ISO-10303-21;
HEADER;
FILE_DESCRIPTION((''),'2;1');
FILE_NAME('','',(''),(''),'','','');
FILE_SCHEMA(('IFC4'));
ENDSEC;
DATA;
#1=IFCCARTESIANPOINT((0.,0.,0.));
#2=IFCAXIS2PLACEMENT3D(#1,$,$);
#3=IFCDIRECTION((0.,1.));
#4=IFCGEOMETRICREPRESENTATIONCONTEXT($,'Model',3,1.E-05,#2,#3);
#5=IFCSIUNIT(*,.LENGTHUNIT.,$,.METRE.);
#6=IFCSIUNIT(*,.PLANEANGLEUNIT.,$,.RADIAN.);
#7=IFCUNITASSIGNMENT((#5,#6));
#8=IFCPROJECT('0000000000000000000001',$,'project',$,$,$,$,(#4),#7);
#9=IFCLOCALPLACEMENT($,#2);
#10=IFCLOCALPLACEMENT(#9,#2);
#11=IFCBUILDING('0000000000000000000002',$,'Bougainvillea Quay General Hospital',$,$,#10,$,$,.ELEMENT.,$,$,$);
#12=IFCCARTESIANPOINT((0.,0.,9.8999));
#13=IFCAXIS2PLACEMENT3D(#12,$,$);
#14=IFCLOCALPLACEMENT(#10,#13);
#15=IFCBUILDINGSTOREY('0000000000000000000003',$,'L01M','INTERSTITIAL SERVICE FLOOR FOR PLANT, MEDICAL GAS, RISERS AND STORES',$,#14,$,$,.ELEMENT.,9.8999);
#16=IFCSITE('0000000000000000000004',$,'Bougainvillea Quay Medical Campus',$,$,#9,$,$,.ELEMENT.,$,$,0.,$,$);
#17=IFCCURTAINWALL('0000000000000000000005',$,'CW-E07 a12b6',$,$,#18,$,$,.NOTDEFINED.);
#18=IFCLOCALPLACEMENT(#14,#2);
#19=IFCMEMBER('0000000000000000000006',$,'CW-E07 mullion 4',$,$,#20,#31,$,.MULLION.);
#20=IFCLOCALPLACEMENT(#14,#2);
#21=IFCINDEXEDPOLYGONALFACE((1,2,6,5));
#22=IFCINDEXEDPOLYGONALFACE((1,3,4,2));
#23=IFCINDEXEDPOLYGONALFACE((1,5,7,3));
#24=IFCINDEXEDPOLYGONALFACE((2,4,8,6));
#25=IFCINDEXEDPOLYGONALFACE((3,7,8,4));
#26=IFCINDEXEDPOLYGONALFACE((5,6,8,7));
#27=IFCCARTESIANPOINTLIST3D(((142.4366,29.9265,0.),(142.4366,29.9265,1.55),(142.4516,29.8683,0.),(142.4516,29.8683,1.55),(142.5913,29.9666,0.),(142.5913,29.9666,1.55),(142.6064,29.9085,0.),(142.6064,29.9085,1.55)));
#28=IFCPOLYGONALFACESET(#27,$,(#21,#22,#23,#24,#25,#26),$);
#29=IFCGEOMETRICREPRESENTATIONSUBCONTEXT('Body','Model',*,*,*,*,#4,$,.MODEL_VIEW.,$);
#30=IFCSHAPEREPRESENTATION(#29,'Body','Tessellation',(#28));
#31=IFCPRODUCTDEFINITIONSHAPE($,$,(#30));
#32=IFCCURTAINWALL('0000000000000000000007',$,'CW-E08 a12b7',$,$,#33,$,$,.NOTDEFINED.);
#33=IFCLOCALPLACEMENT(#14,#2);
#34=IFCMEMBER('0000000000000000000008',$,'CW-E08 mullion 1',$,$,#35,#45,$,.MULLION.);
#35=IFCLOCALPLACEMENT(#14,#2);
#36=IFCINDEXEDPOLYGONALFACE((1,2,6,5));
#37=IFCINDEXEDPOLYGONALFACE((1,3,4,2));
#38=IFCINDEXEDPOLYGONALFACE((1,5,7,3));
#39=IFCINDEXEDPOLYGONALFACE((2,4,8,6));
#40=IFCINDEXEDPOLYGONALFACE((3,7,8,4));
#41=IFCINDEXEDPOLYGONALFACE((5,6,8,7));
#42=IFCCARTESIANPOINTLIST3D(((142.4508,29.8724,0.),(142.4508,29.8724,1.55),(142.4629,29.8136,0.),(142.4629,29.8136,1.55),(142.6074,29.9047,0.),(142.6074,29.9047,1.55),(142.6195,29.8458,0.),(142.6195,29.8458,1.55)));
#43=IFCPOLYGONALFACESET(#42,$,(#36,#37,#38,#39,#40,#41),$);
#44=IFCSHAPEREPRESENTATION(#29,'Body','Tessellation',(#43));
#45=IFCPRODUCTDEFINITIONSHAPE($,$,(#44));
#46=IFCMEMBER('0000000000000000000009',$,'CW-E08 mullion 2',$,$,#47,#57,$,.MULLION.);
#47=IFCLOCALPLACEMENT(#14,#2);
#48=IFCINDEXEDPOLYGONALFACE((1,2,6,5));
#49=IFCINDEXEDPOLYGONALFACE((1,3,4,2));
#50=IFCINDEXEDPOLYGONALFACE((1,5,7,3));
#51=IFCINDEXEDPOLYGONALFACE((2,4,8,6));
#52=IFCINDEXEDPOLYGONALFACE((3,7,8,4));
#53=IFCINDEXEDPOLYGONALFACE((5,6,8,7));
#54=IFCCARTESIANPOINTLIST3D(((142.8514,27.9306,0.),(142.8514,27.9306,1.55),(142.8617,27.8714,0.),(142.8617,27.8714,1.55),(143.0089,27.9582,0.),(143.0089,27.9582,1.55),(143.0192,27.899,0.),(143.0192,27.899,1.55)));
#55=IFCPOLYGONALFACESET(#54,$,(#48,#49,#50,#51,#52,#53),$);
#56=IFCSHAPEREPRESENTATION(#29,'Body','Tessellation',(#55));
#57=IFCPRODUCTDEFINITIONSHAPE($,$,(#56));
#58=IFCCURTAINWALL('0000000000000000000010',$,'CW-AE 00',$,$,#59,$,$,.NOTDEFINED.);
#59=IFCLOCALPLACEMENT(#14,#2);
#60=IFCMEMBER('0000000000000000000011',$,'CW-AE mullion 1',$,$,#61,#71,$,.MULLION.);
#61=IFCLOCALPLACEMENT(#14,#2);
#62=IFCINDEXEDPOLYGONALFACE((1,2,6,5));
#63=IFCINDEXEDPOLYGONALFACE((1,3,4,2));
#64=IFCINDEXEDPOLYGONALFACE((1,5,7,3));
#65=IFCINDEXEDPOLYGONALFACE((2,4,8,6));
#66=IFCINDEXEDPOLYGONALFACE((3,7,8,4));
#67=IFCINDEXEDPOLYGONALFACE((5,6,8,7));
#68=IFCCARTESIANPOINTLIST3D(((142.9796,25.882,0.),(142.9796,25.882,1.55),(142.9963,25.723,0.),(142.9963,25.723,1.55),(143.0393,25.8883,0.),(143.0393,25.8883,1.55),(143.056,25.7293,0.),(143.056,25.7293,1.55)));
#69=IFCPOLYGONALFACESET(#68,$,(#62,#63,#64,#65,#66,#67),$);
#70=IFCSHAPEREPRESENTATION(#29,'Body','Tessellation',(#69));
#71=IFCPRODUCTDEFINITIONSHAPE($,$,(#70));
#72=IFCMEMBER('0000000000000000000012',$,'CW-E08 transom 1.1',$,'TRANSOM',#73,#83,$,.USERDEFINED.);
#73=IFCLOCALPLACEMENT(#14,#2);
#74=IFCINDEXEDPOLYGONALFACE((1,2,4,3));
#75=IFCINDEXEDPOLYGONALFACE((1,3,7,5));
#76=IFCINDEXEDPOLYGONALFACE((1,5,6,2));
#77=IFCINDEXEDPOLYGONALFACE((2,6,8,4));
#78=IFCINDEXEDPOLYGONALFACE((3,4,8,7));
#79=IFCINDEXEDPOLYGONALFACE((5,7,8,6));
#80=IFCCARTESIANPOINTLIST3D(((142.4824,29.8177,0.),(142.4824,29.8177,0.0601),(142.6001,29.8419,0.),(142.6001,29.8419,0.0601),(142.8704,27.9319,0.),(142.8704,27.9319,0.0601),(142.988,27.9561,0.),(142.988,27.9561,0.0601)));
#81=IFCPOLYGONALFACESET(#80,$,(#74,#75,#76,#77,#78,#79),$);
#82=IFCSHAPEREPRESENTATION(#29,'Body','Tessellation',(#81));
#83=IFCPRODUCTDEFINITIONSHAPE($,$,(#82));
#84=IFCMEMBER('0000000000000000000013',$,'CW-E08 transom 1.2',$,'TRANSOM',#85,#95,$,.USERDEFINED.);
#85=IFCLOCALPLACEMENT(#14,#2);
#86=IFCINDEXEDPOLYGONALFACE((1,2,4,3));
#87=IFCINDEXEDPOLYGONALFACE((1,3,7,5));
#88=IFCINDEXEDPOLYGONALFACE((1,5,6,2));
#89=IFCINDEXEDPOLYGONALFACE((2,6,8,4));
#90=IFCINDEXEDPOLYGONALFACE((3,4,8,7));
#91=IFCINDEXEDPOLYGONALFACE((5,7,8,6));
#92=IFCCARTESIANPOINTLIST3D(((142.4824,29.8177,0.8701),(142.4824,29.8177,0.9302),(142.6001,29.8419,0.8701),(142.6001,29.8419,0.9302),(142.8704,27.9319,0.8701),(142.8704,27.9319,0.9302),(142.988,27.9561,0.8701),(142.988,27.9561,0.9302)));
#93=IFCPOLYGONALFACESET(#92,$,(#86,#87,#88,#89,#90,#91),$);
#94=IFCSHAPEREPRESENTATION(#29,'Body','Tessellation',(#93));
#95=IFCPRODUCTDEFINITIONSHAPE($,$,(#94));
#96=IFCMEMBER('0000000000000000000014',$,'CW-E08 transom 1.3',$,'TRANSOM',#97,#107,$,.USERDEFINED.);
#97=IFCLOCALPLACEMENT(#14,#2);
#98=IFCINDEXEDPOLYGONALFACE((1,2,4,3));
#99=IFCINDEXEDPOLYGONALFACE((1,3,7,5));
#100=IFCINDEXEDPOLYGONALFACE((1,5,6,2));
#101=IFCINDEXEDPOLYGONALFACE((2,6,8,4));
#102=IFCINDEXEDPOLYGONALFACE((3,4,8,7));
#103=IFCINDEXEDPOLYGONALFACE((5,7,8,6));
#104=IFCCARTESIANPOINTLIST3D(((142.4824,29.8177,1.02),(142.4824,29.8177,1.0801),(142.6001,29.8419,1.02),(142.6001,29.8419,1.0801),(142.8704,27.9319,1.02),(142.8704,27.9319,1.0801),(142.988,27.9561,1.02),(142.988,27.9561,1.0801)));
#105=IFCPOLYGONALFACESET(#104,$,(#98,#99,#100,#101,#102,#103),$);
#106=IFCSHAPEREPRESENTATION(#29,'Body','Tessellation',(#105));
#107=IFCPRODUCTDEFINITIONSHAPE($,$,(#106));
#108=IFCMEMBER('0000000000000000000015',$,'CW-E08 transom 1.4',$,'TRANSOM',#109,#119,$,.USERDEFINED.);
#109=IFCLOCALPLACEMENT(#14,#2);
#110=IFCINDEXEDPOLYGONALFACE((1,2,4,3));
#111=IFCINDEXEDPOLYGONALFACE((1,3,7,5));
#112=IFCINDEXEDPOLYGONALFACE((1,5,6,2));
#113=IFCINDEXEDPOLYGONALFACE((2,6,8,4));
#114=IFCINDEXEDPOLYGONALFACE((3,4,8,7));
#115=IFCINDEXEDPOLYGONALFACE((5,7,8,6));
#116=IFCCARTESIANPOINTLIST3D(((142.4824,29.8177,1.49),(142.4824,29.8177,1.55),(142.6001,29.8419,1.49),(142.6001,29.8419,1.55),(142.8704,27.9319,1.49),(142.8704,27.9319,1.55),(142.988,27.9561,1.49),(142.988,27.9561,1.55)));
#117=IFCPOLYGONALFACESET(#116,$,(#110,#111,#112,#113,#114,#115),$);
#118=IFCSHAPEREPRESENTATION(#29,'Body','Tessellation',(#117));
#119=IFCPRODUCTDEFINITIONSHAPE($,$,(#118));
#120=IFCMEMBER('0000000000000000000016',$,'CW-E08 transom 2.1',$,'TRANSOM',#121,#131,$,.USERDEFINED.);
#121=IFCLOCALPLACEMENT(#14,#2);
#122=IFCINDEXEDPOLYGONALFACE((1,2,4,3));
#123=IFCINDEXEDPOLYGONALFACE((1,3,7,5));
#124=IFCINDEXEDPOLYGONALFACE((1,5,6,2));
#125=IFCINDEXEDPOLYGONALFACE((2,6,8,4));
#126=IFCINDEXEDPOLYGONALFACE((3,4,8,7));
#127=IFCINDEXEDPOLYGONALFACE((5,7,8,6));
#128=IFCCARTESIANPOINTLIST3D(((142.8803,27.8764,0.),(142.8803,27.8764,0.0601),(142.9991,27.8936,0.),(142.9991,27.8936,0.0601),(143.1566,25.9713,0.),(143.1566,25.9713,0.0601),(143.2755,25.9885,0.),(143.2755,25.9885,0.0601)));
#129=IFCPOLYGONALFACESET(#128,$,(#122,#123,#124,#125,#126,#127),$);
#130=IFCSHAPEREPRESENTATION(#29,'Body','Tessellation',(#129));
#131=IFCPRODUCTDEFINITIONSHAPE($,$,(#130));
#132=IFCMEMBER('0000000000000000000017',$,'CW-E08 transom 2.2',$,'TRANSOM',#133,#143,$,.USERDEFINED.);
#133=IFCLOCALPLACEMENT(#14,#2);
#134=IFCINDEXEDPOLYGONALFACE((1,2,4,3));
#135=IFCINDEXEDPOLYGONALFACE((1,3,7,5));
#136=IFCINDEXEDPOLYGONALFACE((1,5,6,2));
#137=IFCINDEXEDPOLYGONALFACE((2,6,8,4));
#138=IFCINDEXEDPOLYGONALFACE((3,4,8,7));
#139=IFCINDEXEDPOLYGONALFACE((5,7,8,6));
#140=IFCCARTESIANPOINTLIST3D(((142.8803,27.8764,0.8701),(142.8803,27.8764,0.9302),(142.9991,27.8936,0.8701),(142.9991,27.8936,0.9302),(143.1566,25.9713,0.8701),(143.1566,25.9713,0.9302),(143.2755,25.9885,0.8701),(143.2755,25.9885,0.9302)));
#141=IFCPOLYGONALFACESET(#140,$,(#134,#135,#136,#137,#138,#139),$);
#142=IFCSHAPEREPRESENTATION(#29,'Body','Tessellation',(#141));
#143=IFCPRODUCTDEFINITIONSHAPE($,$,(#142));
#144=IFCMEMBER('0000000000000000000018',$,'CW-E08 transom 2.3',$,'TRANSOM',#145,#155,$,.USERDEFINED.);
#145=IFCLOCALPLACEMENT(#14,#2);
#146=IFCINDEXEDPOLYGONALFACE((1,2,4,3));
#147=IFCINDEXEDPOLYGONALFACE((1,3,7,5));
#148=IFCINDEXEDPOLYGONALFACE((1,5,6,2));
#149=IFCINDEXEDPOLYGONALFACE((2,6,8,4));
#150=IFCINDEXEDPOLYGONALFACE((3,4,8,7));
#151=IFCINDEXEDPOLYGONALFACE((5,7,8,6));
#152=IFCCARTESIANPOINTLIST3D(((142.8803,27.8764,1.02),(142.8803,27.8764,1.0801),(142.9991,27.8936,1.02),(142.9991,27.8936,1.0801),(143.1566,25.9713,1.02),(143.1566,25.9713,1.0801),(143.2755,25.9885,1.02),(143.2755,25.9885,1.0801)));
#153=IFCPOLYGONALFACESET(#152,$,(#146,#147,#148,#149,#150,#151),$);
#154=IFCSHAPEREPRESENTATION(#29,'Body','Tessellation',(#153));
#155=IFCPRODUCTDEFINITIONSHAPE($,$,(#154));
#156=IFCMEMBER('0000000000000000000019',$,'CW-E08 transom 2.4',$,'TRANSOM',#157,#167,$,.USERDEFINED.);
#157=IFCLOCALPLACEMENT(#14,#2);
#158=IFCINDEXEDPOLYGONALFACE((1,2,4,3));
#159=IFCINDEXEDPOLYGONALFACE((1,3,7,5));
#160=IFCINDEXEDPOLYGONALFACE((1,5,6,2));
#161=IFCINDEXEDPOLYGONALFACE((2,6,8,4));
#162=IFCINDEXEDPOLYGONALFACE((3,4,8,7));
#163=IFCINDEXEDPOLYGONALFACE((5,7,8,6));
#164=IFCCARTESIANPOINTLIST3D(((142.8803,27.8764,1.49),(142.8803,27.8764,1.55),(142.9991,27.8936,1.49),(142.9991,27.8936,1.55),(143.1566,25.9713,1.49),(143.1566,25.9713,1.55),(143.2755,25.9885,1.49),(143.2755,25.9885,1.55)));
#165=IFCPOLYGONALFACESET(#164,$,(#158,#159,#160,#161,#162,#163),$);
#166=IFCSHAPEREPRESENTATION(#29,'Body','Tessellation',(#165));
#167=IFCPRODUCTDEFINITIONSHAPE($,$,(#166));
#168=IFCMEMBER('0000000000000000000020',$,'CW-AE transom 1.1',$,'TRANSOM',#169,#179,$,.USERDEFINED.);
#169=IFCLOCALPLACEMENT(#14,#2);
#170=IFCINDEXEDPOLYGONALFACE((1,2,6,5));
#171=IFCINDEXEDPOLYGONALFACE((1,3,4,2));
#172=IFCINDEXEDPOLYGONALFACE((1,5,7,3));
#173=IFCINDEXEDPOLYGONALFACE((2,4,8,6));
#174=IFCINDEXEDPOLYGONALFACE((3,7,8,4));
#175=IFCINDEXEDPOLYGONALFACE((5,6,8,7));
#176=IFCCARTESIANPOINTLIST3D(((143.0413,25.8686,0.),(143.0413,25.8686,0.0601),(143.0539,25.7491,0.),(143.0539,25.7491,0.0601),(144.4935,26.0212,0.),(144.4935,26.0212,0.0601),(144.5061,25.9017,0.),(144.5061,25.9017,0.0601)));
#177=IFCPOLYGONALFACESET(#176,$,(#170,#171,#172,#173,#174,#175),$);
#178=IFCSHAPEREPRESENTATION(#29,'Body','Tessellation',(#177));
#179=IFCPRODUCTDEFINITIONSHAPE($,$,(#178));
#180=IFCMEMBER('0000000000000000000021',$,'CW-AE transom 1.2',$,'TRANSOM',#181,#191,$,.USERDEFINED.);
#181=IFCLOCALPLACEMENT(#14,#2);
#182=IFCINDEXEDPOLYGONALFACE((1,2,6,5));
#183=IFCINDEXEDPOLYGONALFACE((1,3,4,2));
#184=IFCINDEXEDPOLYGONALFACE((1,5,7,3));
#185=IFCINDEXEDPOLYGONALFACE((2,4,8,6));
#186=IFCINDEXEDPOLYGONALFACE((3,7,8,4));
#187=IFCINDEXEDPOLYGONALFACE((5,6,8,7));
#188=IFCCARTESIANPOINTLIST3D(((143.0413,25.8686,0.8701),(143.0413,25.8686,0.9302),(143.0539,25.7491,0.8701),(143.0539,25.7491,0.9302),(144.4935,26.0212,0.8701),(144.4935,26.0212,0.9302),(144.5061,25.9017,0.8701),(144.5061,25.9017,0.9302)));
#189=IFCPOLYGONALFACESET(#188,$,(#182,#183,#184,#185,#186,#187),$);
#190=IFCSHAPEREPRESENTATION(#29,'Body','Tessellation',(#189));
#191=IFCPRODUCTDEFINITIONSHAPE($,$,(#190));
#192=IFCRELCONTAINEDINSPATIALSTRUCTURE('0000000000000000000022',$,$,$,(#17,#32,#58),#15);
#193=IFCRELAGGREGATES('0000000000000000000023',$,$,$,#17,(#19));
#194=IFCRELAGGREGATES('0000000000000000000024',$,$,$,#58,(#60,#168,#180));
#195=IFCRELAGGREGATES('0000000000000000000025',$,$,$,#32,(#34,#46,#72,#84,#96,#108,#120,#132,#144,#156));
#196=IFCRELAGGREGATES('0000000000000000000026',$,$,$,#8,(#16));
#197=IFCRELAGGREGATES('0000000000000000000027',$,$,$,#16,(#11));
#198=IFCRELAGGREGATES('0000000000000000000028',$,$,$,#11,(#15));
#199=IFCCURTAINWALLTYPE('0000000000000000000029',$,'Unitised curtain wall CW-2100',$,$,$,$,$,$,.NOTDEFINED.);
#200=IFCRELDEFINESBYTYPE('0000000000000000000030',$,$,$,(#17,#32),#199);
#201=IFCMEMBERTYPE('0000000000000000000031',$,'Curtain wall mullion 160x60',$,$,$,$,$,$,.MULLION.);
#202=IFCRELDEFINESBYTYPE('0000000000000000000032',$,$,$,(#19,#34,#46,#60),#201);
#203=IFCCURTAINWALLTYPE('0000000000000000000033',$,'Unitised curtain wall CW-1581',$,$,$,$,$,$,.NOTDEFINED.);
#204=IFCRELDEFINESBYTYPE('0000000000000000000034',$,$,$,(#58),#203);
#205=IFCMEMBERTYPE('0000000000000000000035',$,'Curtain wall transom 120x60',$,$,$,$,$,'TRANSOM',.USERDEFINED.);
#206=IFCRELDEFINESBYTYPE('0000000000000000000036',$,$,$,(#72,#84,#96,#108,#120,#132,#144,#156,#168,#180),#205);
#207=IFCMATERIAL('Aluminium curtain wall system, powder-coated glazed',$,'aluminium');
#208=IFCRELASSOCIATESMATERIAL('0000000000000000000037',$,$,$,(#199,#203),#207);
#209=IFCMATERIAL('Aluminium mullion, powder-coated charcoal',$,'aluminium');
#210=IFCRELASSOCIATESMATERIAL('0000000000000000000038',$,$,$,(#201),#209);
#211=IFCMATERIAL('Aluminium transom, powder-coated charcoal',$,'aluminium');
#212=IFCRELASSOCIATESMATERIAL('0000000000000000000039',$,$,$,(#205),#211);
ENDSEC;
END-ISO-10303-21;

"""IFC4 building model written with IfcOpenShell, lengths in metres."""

from ifc_helpers import new_model, si_unit, direction, frame, origin, origin_2d, place, context, subcontext, project, spatial, rectangle, extrude, material, material_profile, profile_set, type_object, element, aggregate, save


model = new_model("IFC4")

# Units and contexts
model_context = context("Model", 3, precision=1e-05, world=origin(), true_north=direction((0.0, 1.0)))
body_context = subcontext(model_context, "Body", "Model", "MODEL_VIEW")
ifc_project = project(units=[si_unit("LENGTHUNIT", "METRE"), si_unit("PLANEANGLEUNIT", "RADIAN")], contexts=[model_context])

# Site, building, storey
site_placement = place(None, origin())
site = spatial("IfcSite", under=ifc_project, at=site_placement, Name="Bougainvillea Quay Medical Campus", CompositionType="ELEMENT", RefElevation=0.0)
building_placement = place(site_placement, origin())
building = spatial("IfcBuilding", under=site, at=building_placement, Name="Bougainvillea Quay General Hospital", CompositionType="ELEMENT")
storey_placement = place(building_placement, frame((0.0, 0.0, 9.8999)))
storey = spatial("IfcBuildingStorey", under=building, at=storey_placement, Name="L01M", Description="INTERSTITIAL SERVICE FLOOR FOR PLANT, MEDICAL GAS, RISERS AND STORES", CompositionType="ELEMENT", Elevation=9.8999)

# Curtain wall, member
ifc_material_1 = material(Name="Aluminium curtain wall system, powder-coated glazed", Category="aluminium")
curtain_wall_type_1 = type_object("IfcCurtainWallType", Name="Unitised curtain wall CW-2100", PredefinedType="NOTDEFINED", material=ifc_material_1)
curtain_wall_1_placement = place(storey_placement, origin())
curtain_wall_1 = element("IfcCurtainWall", 1, at=curtain_wall_1_placement, inside=storey, type_object=curtain_wall_type_1, Name="CW-E07 a12b6", PredefinedType="NOTDEFINED")
ifc_material_2 = material(Name="Aluminium mullion, powder-coated charcoal", Category="aluminium")
ifc_material_profile_1 = material_profile(ifc_material_2, rectangle(XDim=0.1599, YDim=0.0601, at=origin_2d()))
ifc_profile_set_1 = profile_set([ifc_material_profile_1], Name="Aluminium mullion, powder-coated charcoal")
member_type_1 = type_object("IfcMemberType", Name="Curtain wall mullion 160x60", PredefinedType="MULLION", material=ifc_profile_set_1)
member_1_placement = place(storey_placement, frame((142.5215, 29.9175, 0.0), z_axis=(0.0, 0.0, 1.0), x_axis=(0.967996, 0.250966, 0.0)))
member_1 = element("IfcMember", 2, at=member_1_placement, type_object=member_type_1, Name="CW-E07 mullion 4", PredefinedType="MULLION", context=body_context, shape_type="SweptSolid", body=[
    extrude(rectangle(XDim=0.1599, YDim=0.0601, at=origin_2d()), origin(), (0.0, 0.0, 1.0), 1.55),
])
aggregate(curtain_wall_1, [member_1])

# Curtain wall, members
curtain_wall_2_placement = place(storey_placement, origin())
curtain_wall_2 = element("IfcCurtainWall", 3, at=curtain_wall_2_placement, inside=storey, type_object=curtain_wall_type_1, Name="CW-E08 a12b7", PredefinedType="NOTDEFINED")
member_2_placement = place(storey_placement, frame((142.5352, 29.8591, 0.0), z_axis=(0.0, 0.0, 1.0), x_axis=(0.979469, 0.201595, 0.0)))
member_2 = element("IfcMember", 4, at=member_2_placement, type_object=member_type_1, Name="CW-E08 mullion 1", PredefinedType="MULLION", context=body_context, shape_type="SweptSolid", body=[
    extrude(rectangle(XDim=0.1599, YDim=0.0601, at=origin_2d()), origin(), (0.0, 0.0, 1.0), 1.55),
])
member_3_placement = place(storey_placement, frame((142.9353, 27.9148, 0.0), z_axis=(0.0, 0.0, 1.0), x_axis=(0.984976, 0.172694, 0.0)))
member_3 = element("IfcMember", 5, at=member_3_placement, type_object=member_type_1, Name="CW-E08 mullion 2", PredefinedType="MULLION", context=body_context, shape_type="SweptSolid", body=[
    extrude(rectangle(XDim=0.1599, YDim=0.0601, at=origin_2d()), origin(), (0.0, 0.0, 1.0), 1.55),
])

# Curtain wall, member
curtain_wall_type_2 = type_object("IfcCurtainWallType", Name="Unitised curtain wall CW-1581", PredefinedType="NOTDEFINED", material=ifc_material_1)
curtain_wall_3_placement = place(storey_placement, origin())
curtain_wall_3 = element("IfcCurtainWall", 6, at=curtain_wall_3_placement, inside=storey, type_object=curtain_wall_type_2, Name="CW-AE 00", PredefinedType="NOTDEFINED")
member_4_placement = place(storey_placement, frame((143.0178, 25.8057, 0.0), z_axis=(0.0, 0.0, 1.0), x_axis=(-0.104527, 0.994522, 0.0)))
member_4 = element("IfcMember", 7, at=member_4_placement, type_object=member_type_1, Name="CW-AE mullion 1", PredefinedType="MULLION", context=body_context, shape_type="SweptSolid", body=[
    extrude(rectangle(XDim=0.1599, YDim=0.0601, at=origin_2d()), origin(), (0.0, 0.0, 1.0), 1.55),
])

# Members
ifc_material_3 = material(Name="Aluminium transom, powder-coated charcoal", Category="aluminium")
ifc_material_profile_2 = material_profile(ifc_material_3, rectangle(XDim=0.1201, YDim=0.0601, at=origin_2d()))
ifc_profile_set_2 = profile_set([ifc_material_profile_2], Name="Aluminium transom, powder-coated charcoal")
member_type_2 = type_object("IfcMemberType", Name="Curtain wall transom 120x60", ElementType="TRANSOM", PredefinedType="USERDEFINED", material=ifc_profile_set_2)
member_5_placement = place(storey_placement, frame((142.5413, 29.8298, 0.03), z_axis=(0.201503, -0.979488, 0.0), x_axis=(0.979488, 0.201503, 0.0)))
member_5 = element("IfcMember", 8, at=member_5_placement, type_object=member_type_2, Name="CW-E08 transom 1.1", ObjectType="TRANSOM", PredefinedType="USERDEFINED", context=body_context, shape_type="SweptSolid", body=[
    extrude(rectangle(XDim=0.1201, YDim=0.0601, at=origin_2d()), origin(), (0.0, 0.0, 1.0), 1.9253),
])
member_6_placement = place(storey_placement, frame((142.5413, 29.8298, 0.9001), z_axis=(0.201503, -0.979488, 0.0), x_axis=(0.979488, 0.201503, 0.0)))
member_6 = element("IfcMember", 9, at=member_6_placement, type_object=member_type_2, Name="CW-E08 transom 1.2", ObjectType="TRANSOM", PredefinedType="USERDEFINED", context=body_context, shape_type="SweptSolid", body=[
    extrude(rectangle(XDim=0.1201, YDim=0.0601, at=origin_2d()), origin(), (0.0, 0.0, 1.0), 1.9253),
])
member_7_placement = place(storey_placement, frame((142.5413, 29.8298, 1.05), z_axis=(0.201503, -0.979488, 0.0), x_axis=(0.979488, 0.201503, 0.0)))
member_7 = element("IfcMember", 10, at=member_7_placement, type_object=member_type_2, Name="CW-E08 transom 1.3", ObjectType="TRANSOM", PredefinedType="USERDEFINED", context=body_context, shape_type="SweptSolid", body=[
    extrude(rectangle(XDim=0.1201, YDim=0.0601, at=origin_2d()), origin(), (0.0, 0.0, 1.0), 1.9253),
])
member_8_placement = place(storey_placement, frame((142.5413, 29.8298, 1.52), z_axis=(0.201503, -0.979488, 0.0), x_axis=(0.979488, 0.201503, 0.0)))
member_8 = element("IfcMember", 11, at=member_8_placement, type_object=member_type_2, Name="CW-E08 transom 1.4", ObjectType="TRANSOM", PredefinedType="USERDEFINED", context=body_context, shape_type="SweptSolid", body=[
    extrude(rectangle(XDim=0.1201, YDim=0.0601, at=origin_2d()), origin(), (0.0, 0.0, 1.0), 1.9253),
])
member_9_placement = place(storey_placement, frame((142.9397, 27.885, 0.03), z_axis=(0.143569, -0.98964, 0.0), x_axis=(0.98964, 0.143569, 0.0)))
member_9 = element("IfcMember", 12, at=member_9_placement, type_object=member_type_2, Name="CW-E08 transom 2.1", ObjectType="TRANSOM", PredefinedType="USERDEFINED", context=body_context, shape_type="SweptSolid", body=[
    extrude(rectangle(XDim=0.1201, YDim=0.0601, at=origin_2d()), origin(), (0.0, 0.0, 1.0), 1.925),
])
member_10_placement = place(storey_placement, frame((142.9397, 27.885, 0.9001), z_axis=(0.143569, -0.98964, 0.0), x_axis=(0.98964, 0.143569, 0.0)))
member_10 = element("IfcMember", 13, at=member_10_placement, type_object=member_type_2, Name="CW-E08 transom 2.2", ObjectType="TRANSOM", PredefinedType="USERDEFINED", context=body_context, shape_type="SweptSolid", body=[
    extrude(rectangle(XDim=0.1201, YDim=0.0601, at=origin_2d()), origin(), (0.0, 0.0, 1.0), 1.925),
])
member_11_placement = place(storey_placement, frame((142.9397, 27.885, 1.05), z_axis=(0.143569, -0.98964, 0.0), x_axis=(0.98964, 0.143569, 0.0)))
member_11 = element("IfcMember", 14, at=member_11_placement, type_object=member_type_2, Name="CW-E08 transom 2.3", ObjectType="TRANSOM", PredefinedType="USERDEFINED", context=body_context, shape_type="SweptSolid", body=[
    extrude(rectangle(XDim=0.1201, YDim=0.0601, at=origin_2d()), origin(), (0.0, 0.0, 1.0), 1.925),
])
member_12_placement = place(storey_placement, frame((142.9397, 27.885, 1.52), z_axis=(0.143569, -0.98964, 0.0), x_axis=(0.98964, 0.143569, 0.0)))
member_12 = element("IfcMember", 15, at=member_12_placement, type_object=member_type_2, Name="CW-E08 transom 2.4", ObjectType="TRANSOM", PredefinedType="USERDEFINED", context=body_context, shape_type="SweptSolid", body=[
    extrude(rectangle(XDim=0.1201, YDim=0.0601, at=origin_2d()), origin(), (0.0, 0.0, 1.0), 1.925),
])
member_13_placement = place(storey_placement, frame((143.0476, 25.8088, 0.03), z_axis=(0.994525, 0.104502, 0.0), x_axis=(-0.104502, 0.994525, 0.0)))
member_13 = element("IfcMember", 16, at=member_13_placement, type_object=member_type_2, Name="CW-AE transom 1.1", ObjectType="TRANSOM", PredefinedType="USERDEFINED", context=body_context, shape_type="SweptSolid", body=[
    extrude(rectangle(XDim=0.1201, YDim=0.0601, at=origin_2d()), origin(), (0.0, 0.0, 1.0), 1.4602),
])
member_14_placement = place(storey_placement, frame((143.0476, 25.8088, 0.9001), z_axis=(0.994525, 0.104502, 0.0), x_axis=(-0.104502, 0.994525, 0.0)))
member_14 = element("IfcMember", 17, at=member_14_placement, type_object=member_type_2, Name="CW-AE transom 1.2", ObjectType="TRANSOM", PredefinedType="USERDEFINED", context=body_context, shape_type="SweptSolid", body=[
    extrude(rectangle(XDim=0.1201, YDim=0.0601, at=origin_2d()), origin(), (0.0, 0.0, 1.0), 1.4602),
])
aggregate(curtain_wall_3, [member_4, member_13, member_14])

aggregate(curtain_wall_2, [member_2, member_3, member_5, member_6, member_7, member_8, member_9, member_10, member_11, member_12])

save(model, "model.ifc")
